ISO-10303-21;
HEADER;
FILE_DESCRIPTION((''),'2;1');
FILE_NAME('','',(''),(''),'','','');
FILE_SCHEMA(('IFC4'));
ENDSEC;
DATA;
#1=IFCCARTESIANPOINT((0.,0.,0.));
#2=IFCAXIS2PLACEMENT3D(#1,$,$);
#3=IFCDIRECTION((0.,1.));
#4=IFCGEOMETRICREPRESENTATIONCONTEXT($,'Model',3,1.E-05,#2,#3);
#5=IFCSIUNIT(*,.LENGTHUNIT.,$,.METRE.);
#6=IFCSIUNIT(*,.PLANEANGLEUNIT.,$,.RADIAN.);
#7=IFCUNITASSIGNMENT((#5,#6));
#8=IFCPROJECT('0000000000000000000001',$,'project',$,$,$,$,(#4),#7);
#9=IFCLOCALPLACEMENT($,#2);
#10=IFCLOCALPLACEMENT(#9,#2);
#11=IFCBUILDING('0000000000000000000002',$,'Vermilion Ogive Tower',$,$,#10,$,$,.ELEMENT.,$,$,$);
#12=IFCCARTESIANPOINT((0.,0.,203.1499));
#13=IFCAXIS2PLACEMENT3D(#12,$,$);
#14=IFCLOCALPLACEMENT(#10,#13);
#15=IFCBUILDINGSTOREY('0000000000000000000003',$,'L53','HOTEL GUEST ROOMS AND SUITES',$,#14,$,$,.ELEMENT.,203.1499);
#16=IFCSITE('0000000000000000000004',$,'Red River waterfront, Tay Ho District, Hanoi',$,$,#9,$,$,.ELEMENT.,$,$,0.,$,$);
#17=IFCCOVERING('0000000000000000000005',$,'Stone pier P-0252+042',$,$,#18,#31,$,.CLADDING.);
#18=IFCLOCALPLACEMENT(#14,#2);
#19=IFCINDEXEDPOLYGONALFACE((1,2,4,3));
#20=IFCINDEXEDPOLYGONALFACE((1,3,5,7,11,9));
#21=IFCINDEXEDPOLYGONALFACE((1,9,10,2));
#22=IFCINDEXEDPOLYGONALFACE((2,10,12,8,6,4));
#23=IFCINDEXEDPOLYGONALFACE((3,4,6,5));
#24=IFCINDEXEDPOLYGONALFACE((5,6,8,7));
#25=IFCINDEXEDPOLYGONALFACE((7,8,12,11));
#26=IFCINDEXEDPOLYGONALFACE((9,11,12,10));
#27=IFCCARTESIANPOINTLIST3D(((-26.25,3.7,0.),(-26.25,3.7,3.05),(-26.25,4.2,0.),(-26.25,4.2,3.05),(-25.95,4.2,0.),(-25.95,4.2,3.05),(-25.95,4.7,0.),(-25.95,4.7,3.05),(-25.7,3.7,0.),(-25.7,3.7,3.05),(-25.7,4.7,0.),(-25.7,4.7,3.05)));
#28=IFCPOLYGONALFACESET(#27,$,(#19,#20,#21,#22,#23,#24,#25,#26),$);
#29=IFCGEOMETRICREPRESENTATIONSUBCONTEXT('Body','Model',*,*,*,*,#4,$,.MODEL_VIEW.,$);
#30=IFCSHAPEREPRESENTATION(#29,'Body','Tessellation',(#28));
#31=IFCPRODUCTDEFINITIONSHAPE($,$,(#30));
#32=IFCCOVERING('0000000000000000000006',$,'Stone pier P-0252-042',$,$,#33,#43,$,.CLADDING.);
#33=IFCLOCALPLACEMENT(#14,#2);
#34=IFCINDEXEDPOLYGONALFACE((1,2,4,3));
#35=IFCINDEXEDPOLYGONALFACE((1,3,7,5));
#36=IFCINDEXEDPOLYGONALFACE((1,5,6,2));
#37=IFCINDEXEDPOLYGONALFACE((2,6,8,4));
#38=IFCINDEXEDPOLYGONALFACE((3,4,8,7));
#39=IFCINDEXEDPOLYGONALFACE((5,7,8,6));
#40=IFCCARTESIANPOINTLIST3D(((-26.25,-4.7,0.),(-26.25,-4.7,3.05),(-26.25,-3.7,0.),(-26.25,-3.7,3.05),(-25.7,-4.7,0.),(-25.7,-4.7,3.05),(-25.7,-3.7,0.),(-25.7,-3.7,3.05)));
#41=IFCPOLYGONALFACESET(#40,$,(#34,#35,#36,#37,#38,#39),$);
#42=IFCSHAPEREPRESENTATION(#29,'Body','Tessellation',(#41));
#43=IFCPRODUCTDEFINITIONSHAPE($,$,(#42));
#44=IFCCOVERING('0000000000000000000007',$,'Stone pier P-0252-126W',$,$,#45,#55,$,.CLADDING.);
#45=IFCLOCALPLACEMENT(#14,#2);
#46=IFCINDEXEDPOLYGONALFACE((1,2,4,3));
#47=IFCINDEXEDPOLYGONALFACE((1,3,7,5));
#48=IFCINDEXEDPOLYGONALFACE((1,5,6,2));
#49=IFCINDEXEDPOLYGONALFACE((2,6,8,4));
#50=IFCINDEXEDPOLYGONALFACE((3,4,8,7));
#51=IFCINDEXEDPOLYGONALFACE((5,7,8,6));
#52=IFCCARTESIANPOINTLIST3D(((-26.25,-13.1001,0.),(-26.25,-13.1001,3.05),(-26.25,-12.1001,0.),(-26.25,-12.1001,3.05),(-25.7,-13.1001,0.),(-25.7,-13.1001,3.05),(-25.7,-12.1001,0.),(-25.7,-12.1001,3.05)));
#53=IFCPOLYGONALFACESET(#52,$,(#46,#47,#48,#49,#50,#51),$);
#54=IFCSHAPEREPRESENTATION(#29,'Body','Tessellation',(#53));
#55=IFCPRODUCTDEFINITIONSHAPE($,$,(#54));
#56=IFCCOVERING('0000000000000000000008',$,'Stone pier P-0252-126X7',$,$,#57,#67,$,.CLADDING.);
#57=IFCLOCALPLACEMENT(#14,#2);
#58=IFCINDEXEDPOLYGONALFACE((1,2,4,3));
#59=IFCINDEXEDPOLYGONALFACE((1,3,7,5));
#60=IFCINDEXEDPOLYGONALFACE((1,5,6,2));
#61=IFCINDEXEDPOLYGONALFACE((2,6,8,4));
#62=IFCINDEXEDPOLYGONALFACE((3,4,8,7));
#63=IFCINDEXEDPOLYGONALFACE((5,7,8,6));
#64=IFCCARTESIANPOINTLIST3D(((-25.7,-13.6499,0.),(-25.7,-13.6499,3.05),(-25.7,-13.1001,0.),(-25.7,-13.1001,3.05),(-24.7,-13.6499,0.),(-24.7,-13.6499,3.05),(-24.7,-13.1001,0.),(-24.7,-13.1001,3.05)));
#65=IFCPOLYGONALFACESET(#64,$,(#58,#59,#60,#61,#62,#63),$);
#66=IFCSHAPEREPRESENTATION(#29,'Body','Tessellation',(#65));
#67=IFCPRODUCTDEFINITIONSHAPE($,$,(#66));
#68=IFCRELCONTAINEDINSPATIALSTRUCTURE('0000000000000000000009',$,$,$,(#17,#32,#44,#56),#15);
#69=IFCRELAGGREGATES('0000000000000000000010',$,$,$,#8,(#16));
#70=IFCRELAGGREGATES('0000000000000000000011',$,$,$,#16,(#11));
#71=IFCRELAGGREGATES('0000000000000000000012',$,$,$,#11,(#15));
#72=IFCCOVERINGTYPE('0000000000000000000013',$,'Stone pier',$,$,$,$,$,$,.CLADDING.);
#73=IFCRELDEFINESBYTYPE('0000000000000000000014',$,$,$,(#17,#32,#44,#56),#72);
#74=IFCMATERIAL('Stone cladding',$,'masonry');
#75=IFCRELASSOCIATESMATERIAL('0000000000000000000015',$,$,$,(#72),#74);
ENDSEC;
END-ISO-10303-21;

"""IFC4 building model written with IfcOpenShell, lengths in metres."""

from ifc_helpers import new_model, si_unit, direction, frame, origin, place, context, subcontext, project, spatial, polyline, outline, extrude, material, type_object, element, save


model = new_model("IFC4")

# Units and contexts
model_context = context("Model", 3, precision=1e-05, world=origin(), true_north=direction((0.0, 1.0)))
body_context = subcontext(model_context, "Body", "Model", "MODEL_VIEW")
ifc_project = project(units=[si_unit("LENGTHUNIT", "METRE"), si_unit("PLANEANGLEUNIT", "RADIAN")], contexts=[model_context])

# Site, building, storey
site_placement = place(None, origin())
site = spatial("IfcSite", under=ifc_project, at=site_placement, Name="Red River waterfront, Tay Ho District, Hanoi", CompositionType="ELEMENT", RefElevation=0.0)
building_placement = place(site_placement, origin())
building = spatial("IfcBuilding", under=site, at=building_placement, Name="Vermilion Ogive Tower", CompositionType="ELEMENT")
storey_placement = place(building_placement, frame((0.0, 0.0, 203.1499)))
storey = spatial("IfcBuildingStorey", under=building, at=storey_placement, Name="L53", Description="HOTEL GUEST ROOMS AND SUITES", CompositionType="ELEMENT", Elevation=203.1499)

# Coverings
ifc_material_1 = material(Name="Stone cladding", Category="masonry")
covering_type = type_object("IfcCoveringType", Name="Stone pier", PredefinedType="CLADDING", material=ifc_material_1)
covering_1_placement = place(storey_placement, origin())
element("IfcCovering", 1, at=covering_1_placement, inside=storey, type_object=covering_type, Name="Stone pier P-0252+042", PredefinedType="CLADDING", context=body_context, shape_type="SweptSolid", body=[
    extrude(outline(polyline([(-25.7, 3.7), (-26.25, 3.7), (-26.25, 4.2), (-25.95, 4.2), (-25.95, 4.7), (-25.7, 4.7), (-25.7, 4.7), (-25.7, 3.7)])), origin(), (0.0, 0.0, 1.0), 3.05),
])
covering_2_placement = place(storey_placement, origin())
element("IfcCovering", 2, at=covering_2_placement, inside=storey, type_object=covering_type, Name="Stone pier P-0252-042", PredefinedType="CLADDING", context=body_context, shape_type="SweptSolid", body=[
    extrude(outline(polyline([(-25.7, -4.7), (-26.25, -4.7), (-26.25, -3.7), (-25.7, -3.7), (-25.7, -4.7), (-25.7, -4.7)])), origin(), (0.0, 0.0, 1.0), 3.05),
])
covering_3_placement = place(storey_placement, origin())
element("IfcCovering", 3, at=covering_3_placement, inside=storey, type_object=covering_type, Name="Stone pier P-0252-126W", PredefinedType="CLADDING", context=body_context, shape_type="SweptSolid", body=[
    extrude(outline(polyline([(-26.25, -13.1001), (-26.25, -12.1001), (-25.7, -12.1001), (-25.7, -13.1001), (-26.25, -13.1001)])), origin(), (0.0, 0.0, 1.0), 3.05),
])
covering_4_placement = place(storey_placement, origin())
element("IfcCovering", 4, at=covering_4_placement, inside=storey, type_object=covering_type, Name="Stone pier P-0252-126X7", PredefinedType="CLADDING", context=body_context, shape_type="SweptSolid", body=[
    extrude(outline(polyline([(-25.7, -13.6499), (-25.7, -13.1001), (-24.7, -13.1001), (-24.7, -13.6499), (-25.7, -13.6499)])), origin(), (0.0, 0.0, 1.0), 3.05),
])

save(model, "model.ifc")
